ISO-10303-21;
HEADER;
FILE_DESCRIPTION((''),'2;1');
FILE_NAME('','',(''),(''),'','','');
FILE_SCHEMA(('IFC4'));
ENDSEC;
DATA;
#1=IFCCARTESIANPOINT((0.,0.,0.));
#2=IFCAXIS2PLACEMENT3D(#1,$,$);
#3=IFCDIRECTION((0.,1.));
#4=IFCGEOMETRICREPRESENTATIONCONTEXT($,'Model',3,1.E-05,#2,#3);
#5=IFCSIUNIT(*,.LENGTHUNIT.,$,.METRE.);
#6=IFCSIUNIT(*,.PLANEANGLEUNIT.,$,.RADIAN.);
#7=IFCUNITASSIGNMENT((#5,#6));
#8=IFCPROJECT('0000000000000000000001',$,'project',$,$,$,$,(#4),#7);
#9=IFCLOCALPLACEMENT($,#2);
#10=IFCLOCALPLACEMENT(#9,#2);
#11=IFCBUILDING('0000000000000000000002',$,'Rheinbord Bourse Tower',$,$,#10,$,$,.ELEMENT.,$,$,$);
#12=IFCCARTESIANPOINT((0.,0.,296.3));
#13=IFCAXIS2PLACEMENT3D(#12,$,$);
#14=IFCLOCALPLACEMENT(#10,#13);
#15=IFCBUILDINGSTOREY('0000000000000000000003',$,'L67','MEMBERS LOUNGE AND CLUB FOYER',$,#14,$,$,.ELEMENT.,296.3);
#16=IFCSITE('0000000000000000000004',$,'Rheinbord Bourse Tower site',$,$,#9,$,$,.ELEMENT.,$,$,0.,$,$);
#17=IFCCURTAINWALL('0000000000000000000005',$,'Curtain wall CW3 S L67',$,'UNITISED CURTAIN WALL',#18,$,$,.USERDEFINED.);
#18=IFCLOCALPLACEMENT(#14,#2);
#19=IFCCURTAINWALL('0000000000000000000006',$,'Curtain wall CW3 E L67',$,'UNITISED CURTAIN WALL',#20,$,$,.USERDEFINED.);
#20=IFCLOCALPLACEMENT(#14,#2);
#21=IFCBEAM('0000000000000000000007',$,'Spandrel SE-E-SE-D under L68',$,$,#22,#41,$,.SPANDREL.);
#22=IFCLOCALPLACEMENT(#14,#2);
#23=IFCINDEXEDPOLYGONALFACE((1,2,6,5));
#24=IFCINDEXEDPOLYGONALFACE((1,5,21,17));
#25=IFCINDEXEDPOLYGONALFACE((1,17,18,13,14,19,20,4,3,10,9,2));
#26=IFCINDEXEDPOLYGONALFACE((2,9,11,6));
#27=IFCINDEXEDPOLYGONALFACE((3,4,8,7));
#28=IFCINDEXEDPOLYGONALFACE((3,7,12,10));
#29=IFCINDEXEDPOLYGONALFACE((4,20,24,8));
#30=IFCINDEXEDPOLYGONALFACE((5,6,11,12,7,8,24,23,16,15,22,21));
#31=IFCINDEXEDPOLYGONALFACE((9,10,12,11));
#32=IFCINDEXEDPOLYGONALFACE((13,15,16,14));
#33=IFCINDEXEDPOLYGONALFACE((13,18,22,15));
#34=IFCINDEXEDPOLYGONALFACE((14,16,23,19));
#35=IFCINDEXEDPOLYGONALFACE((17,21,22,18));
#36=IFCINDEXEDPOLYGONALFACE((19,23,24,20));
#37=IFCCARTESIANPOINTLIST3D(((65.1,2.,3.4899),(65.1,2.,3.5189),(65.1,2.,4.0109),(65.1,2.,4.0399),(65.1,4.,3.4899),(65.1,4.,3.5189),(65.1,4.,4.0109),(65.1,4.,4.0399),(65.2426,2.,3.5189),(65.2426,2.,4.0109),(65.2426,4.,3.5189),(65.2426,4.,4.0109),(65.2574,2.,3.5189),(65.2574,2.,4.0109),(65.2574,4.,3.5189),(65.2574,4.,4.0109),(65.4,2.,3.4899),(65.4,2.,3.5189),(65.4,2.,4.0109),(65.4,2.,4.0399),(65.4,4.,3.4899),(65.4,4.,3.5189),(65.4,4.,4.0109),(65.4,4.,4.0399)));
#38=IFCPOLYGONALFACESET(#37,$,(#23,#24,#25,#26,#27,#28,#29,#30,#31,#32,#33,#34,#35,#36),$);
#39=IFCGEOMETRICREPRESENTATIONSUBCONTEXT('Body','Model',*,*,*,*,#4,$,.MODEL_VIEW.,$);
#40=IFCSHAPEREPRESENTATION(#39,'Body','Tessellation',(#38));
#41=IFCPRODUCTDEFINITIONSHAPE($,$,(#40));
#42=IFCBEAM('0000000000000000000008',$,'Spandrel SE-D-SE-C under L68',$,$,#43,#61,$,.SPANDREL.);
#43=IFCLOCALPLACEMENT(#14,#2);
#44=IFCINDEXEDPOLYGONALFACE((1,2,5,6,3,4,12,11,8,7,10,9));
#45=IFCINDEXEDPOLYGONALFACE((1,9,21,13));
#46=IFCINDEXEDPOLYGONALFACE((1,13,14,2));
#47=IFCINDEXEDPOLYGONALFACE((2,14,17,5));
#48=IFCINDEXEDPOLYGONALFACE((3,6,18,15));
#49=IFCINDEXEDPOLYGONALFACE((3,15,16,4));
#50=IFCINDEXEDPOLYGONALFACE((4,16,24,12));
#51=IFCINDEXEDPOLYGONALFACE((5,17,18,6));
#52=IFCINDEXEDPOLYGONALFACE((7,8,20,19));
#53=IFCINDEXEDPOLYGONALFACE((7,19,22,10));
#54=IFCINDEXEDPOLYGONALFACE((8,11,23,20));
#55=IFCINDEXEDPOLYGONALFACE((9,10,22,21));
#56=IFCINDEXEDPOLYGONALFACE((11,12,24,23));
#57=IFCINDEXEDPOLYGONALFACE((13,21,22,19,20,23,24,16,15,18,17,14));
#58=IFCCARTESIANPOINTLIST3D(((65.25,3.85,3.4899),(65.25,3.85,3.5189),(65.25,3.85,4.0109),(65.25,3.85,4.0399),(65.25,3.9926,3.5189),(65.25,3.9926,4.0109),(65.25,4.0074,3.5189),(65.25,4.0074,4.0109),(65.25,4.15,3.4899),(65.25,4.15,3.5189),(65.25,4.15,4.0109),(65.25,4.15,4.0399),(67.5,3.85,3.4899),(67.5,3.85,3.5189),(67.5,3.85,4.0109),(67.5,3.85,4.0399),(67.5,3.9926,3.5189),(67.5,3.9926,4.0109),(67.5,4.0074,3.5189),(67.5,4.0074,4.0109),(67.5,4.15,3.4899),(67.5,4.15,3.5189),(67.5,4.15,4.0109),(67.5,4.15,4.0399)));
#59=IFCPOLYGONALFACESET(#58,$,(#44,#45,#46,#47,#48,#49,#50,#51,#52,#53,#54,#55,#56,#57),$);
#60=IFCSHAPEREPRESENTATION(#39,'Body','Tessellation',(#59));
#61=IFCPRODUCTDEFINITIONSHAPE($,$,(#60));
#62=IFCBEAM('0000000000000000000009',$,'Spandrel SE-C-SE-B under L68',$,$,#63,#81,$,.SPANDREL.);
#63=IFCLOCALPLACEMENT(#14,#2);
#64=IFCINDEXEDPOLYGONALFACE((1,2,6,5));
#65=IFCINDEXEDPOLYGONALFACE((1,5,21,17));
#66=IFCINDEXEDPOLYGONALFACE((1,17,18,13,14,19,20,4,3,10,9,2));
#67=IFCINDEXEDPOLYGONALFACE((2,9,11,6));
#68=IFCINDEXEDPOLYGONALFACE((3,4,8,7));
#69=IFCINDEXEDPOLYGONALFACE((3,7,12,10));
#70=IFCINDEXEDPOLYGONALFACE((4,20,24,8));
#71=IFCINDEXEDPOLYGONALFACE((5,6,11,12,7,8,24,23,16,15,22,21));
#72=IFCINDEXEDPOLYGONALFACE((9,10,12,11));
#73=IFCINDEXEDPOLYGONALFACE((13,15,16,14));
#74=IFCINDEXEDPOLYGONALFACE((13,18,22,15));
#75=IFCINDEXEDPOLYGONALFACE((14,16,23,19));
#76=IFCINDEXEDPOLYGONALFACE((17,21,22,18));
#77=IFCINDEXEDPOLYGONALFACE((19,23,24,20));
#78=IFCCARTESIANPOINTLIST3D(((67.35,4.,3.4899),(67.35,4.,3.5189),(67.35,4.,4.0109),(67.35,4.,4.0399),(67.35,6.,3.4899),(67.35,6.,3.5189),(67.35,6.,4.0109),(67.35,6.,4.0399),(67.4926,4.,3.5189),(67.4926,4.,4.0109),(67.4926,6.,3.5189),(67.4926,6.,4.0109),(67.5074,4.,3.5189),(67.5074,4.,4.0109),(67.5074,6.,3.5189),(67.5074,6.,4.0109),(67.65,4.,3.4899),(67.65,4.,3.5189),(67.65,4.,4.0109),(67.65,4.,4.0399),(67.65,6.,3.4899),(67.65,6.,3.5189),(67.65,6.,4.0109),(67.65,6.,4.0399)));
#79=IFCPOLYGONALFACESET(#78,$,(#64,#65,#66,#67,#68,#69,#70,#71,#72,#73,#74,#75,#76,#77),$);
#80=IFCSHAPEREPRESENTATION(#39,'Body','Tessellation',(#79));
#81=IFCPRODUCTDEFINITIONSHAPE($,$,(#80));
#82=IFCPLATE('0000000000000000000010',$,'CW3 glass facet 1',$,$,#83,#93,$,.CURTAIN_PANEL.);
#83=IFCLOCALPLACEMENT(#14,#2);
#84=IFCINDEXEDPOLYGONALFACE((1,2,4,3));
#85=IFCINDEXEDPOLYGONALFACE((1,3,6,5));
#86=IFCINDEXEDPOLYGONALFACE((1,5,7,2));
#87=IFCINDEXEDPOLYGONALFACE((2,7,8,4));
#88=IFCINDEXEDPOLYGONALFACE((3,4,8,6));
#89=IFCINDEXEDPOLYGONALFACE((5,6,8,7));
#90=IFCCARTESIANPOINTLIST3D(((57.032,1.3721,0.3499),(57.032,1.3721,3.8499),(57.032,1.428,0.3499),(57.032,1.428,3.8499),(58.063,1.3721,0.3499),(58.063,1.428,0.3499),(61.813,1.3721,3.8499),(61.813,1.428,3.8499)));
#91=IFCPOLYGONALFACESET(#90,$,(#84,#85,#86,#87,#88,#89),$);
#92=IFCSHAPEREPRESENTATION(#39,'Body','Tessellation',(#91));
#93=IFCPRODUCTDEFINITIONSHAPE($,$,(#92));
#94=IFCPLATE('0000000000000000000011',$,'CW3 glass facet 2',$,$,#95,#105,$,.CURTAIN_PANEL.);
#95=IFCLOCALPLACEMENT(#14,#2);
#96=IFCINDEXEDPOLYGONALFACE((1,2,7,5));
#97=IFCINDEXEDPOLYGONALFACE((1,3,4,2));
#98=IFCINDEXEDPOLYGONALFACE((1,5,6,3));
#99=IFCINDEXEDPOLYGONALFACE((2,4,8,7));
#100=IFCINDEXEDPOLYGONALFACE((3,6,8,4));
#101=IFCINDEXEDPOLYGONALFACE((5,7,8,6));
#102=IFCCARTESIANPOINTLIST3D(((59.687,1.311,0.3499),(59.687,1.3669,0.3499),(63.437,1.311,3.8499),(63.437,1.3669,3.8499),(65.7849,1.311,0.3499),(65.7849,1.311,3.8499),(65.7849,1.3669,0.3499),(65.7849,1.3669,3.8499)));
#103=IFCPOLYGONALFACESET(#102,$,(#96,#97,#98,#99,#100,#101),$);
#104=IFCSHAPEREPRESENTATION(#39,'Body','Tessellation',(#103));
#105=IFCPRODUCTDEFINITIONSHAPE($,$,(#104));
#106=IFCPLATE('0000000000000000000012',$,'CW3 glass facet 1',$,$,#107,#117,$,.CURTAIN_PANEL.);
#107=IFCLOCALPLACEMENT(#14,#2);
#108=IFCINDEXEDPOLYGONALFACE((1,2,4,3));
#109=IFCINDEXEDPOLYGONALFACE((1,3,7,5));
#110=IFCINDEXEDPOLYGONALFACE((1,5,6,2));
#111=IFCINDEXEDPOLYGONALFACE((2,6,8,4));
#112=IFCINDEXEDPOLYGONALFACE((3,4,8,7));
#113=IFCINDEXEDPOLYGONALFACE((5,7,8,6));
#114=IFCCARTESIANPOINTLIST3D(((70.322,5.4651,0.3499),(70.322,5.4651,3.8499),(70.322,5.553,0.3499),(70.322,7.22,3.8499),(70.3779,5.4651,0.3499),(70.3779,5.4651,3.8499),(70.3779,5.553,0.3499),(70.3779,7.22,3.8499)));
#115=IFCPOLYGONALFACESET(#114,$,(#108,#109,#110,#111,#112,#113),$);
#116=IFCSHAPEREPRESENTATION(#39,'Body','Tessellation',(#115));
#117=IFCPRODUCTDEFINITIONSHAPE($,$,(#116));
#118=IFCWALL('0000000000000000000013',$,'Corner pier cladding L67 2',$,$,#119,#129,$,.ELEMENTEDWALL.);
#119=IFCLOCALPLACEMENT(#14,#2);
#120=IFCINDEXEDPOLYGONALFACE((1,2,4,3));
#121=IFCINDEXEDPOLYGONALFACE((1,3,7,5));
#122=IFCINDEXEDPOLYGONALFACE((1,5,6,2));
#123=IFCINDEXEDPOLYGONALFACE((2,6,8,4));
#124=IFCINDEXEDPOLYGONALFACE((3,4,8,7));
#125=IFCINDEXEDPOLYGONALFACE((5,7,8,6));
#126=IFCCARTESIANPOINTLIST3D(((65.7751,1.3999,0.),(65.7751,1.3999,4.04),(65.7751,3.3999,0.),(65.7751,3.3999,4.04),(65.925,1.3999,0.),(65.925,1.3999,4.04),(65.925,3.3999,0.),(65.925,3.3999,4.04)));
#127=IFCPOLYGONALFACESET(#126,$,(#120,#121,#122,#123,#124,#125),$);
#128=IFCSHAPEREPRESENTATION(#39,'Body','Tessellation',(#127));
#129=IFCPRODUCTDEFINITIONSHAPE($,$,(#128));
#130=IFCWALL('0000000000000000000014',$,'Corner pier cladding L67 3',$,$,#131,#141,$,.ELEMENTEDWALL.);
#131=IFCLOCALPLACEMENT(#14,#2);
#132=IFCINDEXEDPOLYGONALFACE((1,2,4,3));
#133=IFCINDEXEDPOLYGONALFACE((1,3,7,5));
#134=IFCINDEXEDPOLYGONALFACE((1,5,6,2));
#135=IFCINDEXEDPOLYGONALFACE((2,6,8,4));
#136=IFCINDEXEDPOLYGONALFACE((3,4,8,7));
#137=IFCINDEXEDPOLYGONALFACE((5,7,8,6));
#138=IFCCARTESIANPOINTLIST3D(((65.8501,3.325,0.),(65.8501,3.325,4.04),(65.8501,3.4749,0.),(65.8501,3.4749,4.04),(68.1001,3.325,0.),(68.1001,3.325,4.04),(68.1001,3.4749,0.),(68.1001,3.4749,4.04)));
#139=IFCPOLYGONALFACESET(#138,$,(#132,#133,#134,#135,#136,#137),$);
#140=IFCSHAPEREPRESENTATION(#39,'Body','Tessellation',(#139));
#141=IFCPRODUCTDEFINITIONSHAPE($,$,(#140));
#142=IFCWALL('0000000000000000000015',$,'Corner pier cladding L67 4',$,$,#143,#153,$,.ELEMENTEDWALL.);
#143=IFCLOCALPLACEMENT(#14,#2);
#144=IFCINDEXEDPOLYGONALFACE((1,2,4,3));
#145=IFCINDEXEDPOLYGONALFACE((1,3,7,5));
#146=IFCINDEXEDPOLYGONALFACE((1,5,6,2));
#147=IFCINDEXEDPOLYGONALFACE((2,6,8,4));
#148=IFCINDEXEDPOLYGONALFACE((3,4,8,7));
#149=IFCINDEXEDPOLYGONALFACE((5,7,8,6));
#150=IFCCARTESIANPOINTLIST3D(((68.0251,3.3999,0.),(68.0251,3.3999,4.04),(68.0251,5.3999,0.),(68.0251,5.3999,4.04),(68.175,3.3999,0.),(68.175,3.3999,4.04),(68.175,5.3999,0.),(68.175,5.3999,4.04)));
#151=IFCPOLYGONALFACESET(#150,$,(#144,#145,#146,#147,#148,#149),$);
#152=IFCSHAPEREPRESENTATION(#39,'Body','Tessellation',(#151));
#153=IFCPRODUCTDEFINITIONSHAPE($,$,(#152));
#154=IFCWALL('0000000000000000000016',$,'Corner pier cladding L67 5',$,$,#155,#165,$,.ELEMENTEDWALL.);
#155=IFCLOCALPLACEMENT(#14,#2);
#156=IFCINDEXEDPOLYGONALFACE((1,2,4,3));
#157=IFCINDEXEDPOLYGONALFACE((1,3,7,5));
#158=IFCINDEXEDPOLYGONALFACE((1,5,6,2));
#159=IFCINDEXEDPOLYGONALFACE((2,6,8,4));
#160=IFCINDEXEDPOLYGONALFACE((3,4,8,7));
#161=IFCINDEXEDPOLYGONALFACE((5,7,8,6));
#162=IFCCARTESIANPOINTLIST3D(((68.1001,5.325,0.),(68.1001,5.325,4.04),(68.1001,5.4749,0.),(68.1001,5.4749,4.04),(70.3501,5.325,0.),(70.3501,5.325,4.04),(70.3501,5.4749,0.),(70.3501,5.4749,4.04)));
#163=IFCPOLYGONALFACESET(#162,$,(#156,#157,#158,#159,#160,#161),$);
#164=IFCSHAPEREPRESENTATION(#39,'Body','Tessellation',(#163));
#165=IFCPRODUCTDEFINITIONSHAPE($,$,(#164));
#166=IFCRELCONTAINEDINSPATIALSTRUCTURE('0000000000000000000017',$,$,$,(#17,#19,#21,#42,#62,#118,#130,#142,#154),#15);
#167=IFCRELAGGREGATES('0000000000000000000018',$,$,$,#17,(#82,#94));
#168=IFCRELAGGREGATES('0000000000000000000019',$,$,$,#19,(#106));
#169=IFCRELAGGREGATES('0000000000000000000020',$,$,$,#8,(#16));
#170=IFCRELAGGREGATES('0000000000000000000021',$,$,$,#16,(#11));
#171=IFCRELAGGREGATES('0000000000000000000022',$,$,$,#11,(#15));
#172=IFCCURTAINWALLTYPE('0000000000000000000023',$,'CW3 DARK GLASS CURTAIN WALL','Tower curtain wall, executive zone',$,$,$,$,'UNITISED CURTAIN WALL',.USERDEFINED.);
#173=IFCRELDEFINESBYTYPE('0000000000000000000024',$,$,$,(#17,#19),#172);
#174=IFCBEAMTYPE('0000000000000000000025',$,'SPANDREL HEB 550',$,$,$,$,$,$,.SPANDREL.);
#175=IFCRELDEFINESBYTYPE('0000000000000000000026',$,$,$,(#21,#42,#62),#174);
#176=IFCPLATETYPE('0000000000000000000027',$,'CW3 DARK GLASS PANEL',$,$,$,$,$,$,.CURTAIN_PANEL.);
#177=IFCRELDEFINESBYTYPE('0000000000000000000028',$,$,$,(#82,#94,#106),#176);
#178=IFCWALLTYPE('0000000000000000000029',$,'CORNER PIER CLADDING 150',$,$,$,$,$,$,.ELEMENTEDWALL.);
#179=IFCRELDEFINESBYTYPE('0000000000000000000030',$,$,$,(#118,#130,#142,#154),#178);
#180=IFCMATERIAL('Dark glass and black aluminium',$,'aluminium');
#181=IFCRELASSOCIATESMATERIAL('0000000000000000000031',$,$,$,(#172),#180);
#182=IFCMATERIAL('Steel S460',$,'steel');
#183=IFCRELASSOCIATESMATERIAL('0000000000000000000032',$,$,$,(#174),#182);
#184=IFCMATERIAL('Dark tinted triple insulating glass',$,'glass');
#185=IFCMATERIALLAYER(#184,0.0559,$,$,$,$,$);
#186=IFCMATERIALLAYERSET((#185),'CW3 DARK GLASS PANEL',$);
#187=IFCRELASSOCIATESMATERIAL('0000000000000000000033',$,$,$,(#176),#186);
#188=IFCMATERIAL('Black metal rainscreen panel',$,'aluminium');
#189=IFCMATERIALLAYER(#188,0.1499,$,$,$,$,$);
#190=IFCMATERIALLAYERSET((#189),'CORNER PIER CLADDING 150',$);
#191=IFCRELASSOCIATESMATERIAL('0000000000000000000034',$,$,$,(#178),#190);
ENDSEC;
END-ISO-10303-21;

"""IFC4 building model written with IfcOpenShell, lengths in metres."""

from ifc_helpers import new_model, si_unit, direction, frame, frame_2d, origin, origin_2d, place, context, subcontext, project, spatial, polyline, rectangle, i_section, outline, extrude, material, layer, layer_set, material_profile, profile_set, type_object, element, aggregate, save


model = new_model("IFC4")

# Units and contexts
model_context = context("Model", 3, precision=1e-05, world=origin(), true_north=direction((0.0, 1.0)))
body_context = subcontext(model_context, "Body", "Model", "MODEL_VIEW")
ifc_project = project(units=[si_unit("LENGTHUNIT", "METRE"), si_unit("PLANEANGLEUNIT", "RADIAN")], contexts=[model_context])

# Site, building, storey
site_placement = place(None, origin())
site = spatial("IfcSite", under=ifc_project, at=site_placement, Name="Rheinbord Bourse Tower site", CompositionType="ELEMENT", RefElevation=0.0)
building_placement = place(site_placement, origin())
building = spatial("IfcBuilding", under=site, at=building_placement, Name="Rheinbord Bourse Tower", CompositionType="ELEMENT")
storey_placement = place(building_placement, frame((0.0, 0.0, 296.3)))
storey = spatial("IfcBuildingStorey", under=building, at=storey_placement, Name="L67", Description="MEMBERS LOUNGE AND CLUB FOYER", CompositionType="ELEMENT", Elevation=296.3)

# Curtain wall
ifc_material_1 = material(Name="Dark glass and black aluminium", Category="aluminium")
curtain_wall_type = type_object("IfcCurtainWallType", Name="CW3 DARK GLASS CURTAIN WALL", Description="Tower curtain wall, executive zone", ElementType="UNITISED CURTAIN WALL", PredefinedType="USERDEFINED", material=ifc_material_1)
curtain_wall_1_placement = place(storey_placement, origin())
curtain_wall_1 = element("IfcCurtainWall", 1, at=curtain_wall_1_placement, inside=storey, type_object=curtain_wall_type, Name="Curtain wall CW3 S L67", ObjectType="UNITISED CURTAIN WALL", PredefinedType="USERDEFINED")

# Curtain wall
curtain_wall_2_placement = place(storey_placement, origin())
curtain_wall_2 = element("IfcCurtainWall", 2, at=curtain_wall_2_placement, inside=storey, type_object=curtain_wall_type, Name="Curtain wall CW3 E L67", ObjectType="UNITISED CURTAIN WALL", PredefinedType="USERDEFINED")

# Beams
ifc_material_2 = material(Name="Steel S460", Category="steel")
ifc_material_profile_1 = material_profile(ifc_material_2, i_section(OverallWidth=0.3, OverallDepth=0.55, WebThickness=0.0149, FlangeThickness=0.0291, at=origin_2d()), Name="HEB 550")
ifc_profile_set_1 = profile_set([ifc_material_profile_1], Name="Steel S460")
beam_type_1 = type_object("IfcBeamType", Name="SPANDREL HEB 550", PredefinedType="SPANDREL", material=ifc_profile_set_1)
beam_1_placement = place(storey_placement, frame((65.25, 2.0, 3.7649), z_axis=(0.0, 1.0, 0.0), x_axis=(-1.0, 0.0, 0.0)))
element("IfcBeam", 3, at=beam_1_placement, inside=storey, type_object=beam_type_1, Name="Spandrel SE-E-SE-D under L68", PredefinedType="SPANDREL", context=body_context, shape_type="SweptSolid", body=[
    extrude(i_section(OverallWidth=0.3, OverallDepth=0.55, WebThickness=0.0149, FlangeThickness=0.0291, at=origin_2d()), origin(), (0.0, 0.0, 1.0), 2.0),
])
beam_2_placement = place(storey_placement, frame((65.25, 4.0, 3.7649), z_axis=(1.0, 0.0, 0.0), x_axis=(0.0, 1.0, 0.0)))
element("IfcBeam", 4, at=beam_2_placement, inside=storey, type_object=beam_type_1, Name="Spandrel SE-D-SE-C under L68", PredefinedType="SPANDREL", context=body_context, shape_type="SweptSolid", body=[
    extrude(i_section(OverallWidth=0.3, OverallDepth=0.55, WebThickness=0.0149, FlangeThickness=0.0291, at=origin_2d()), origin(), (0.0, 0.0, 1.0), 2.25),
])
beam_3_placement = place(storey_placement, frame((67.5, 4.0, 3.7649), z_axis=(0.0, 1.0, 0.0), x_axis=(-1.0, 0.0, 0.0)))
element("IfcBeam", 5, at=beam_3_placement, inside=storey, type_object=beam_type_1, Name="Spandrel SE-C-SE-B under L68", PredefinedType="SPANDREL", context=body_context, shape_type="SweptSolid", body=[
    extrude(i_section(OverallWidth=0.3, OverallDepth=0.55, WebThickness=0.0149, FlangeThickness=0.0291, at=origin_2d()), origin(), (0.0, 0.0, 1.0), 2.0),
])

# Plates
ifc_material_3 = material(Name="Dark tinted triple insulating glass", Category="glass")
ifc_layer_1 = layer(ifc_material_3, 0.0559)
ifc_layer_set_1 = layer_set([ifc_layer_1], Name="CW3 DARK GLASS PANEL")
plate_type = type_object("IfcPlateType", Name="CW3 DARK GLASS PANEL", PredefinedType="CURTAIN_PANEL", material=ifc_layer_set_1)
plate_1_placement = place(storey_placement, frame((57.032, 1.3721, 0.3499), z_axis=(0.0, 1.0, 0.0), x_axis=(0.0, 0.0, 1.0)))
plate_1 = element("IfcPlate", 6, at=plate_1_placement, type_object=plate_type, Name="CW3 glass facet 1", PredefinedType="CURTAIN_PANEL", context=body_context, shape_type="SweptSolid", body=[
    extrude(outline(polyline([(0.0, 0.0), (3.5, 0.0), (3.5, 4.781), (0.0, 1.031), (0.0, 0.0)])), origin(), (0.0, 0.0, 1.0), 0.0559),
])
plate_2_placement = place(storey_placement, frame((65.7849, 1.311, 3.8499), z_axis=(0.0, 1.0, 0.0), x_axis=(0.0, 0.0, -1.0)))
plate_2 = element("IfcPlate", 7, at=plate_2_placement, type_object=plate_type, Name="CW3 glass facet 2", PredefinedType="CURTAIN_PANEL", context=body_context, shape_type="SweptSolid", body=[
    extrude(outline(polyline([(0.0, 0.0), (3.5, 0.0), (3.5, 6.0979), (0.0, 2.3479), (0.0, 0.0)])), origin(), (0.0, 0.0, 1.0), 0.0559),
])
aggregate(curtain_wall_1, [plate_1, plate_2])
plate_3_placement = place(storey_placement, frame((70.3779, 5.4651, 0.3499), z_axis=(-1.0, 0.0, 0.0), x_axis=(0.0, 0.0, 1.0)))
plate_3 = element("IfcPlate", 8, at=plate_3_placement, type_object=plate_type, Name="CW3 glass facet 1", PredefinedType="CURTAIN_PANEL", context=body_context, shape_type="SweptSolid", body=[
    extrude(outline(polyline([(0.0, 0.0), (3.5, 0.0), (3.5, 1.7549), (0.0, 0.0879), (0.0, 0.0)])), origin(), (0.0, 0.0, 1.0), 0.0559),
])
aggregate(curtain_wall_2, [plate_3])

# Walls
ifc_material_4 = material(Name="Black metal rainscreen panel", Category="aluminium")
ifc_layer_2 = layer(ifc_material_4, 0.1499)
ifc_layer_set_2 = layer_set([ifc_layer_2], Name="CORNER PIER CLADDING 150")
wall_type = type_object("IfcWallType", Name="CORNER PIER CLADDING 150", PredefinedType="ELEMENTEDWALL", material=ifc_layer_set_2)
wall_1_placement = place(storey_placement, frame((65.8501, 1.3999, 0.0), z_axis=(0.0, 0.0, 1.0), x_axis=(0.0, 1.0, 0.0)))
element("IfcWall", 9, at=wall_1_placement, inside=storey, type_object=wall_type, Name="Corner pier cladding L67 2", PredefinedType="ELEMENTEDWALL", context=body_context, shape_type="SweptSolid", body=[
    extrude(rectangle(XDim=2.0, YDim=0.1499, at=frame_2d((1.0, 0.0))), origin(), (0.0, 0.0, 1.0), 4.04),
])
wall_2_placement = place(storey_placement, frame((65.8501, 3.3999, 0.0), z_axis=(0.0, 0.0, 1.0), x_axis=(1.0, 0.0, 0.0)))
element("IfcWall", 10, at=wall_2_placement, inside=storey, type_object=wall_type, Name="Corner pier cladding L67 3", PredefinedType="ELEMENTEDWALL", context=body_context, shape_type="SweptSolid", body=[
    extrude(rectangle(XDim=2.25, YDim=0.1499, at=frame_2d((1.125, 0.0))), origin(), (0.0, 0.0, 1.0), 4.04),
])
wall_3_placement = place(storey_placement, frame((68.1001, 3.3999, 0.0), z_axis=(0.0, 0.0, 1.0), x_axis=(0.0, 1.0, 0.0)))
element("IfcWall", 11, at=wall_3_placement, inside=storey, type_object=wall_type, Name="Corner pier cladding L67 4", PredefinedType="ELEMENTEDWALL", context=body_context, shape_type="SweptSolid", body=[
    extrude(rectangle(XDim=2.0, YDim=0.1499, at=frame_2d((1.0, 0.0))), origin(), (0.0, 0.0, 1.0), 4.04),
])
wall_4_placement = place(storey_placement, frame((68.1001, 5.3999, 0.0), z_axis=(0.0, 0.0, 1.0), x_axis=(1.0, 0.0, 0.0)))
element("IfcWall", 12, at=wall_4_placement, inside=storey, type_object=wall_type, Name="Corner pier cladding L67 5", PredefinedType="ELEMENTEDWALL", context=body_context, shape_type="SweptSolid", body=[
    extrude(rectangle(XDim=2.25, YDim=0.1499, at=frame_2d((1.125, 0.0))), origin(), (0.0, 0.0, 1.0), 4.04),
])

save(model, "model.ifc")
